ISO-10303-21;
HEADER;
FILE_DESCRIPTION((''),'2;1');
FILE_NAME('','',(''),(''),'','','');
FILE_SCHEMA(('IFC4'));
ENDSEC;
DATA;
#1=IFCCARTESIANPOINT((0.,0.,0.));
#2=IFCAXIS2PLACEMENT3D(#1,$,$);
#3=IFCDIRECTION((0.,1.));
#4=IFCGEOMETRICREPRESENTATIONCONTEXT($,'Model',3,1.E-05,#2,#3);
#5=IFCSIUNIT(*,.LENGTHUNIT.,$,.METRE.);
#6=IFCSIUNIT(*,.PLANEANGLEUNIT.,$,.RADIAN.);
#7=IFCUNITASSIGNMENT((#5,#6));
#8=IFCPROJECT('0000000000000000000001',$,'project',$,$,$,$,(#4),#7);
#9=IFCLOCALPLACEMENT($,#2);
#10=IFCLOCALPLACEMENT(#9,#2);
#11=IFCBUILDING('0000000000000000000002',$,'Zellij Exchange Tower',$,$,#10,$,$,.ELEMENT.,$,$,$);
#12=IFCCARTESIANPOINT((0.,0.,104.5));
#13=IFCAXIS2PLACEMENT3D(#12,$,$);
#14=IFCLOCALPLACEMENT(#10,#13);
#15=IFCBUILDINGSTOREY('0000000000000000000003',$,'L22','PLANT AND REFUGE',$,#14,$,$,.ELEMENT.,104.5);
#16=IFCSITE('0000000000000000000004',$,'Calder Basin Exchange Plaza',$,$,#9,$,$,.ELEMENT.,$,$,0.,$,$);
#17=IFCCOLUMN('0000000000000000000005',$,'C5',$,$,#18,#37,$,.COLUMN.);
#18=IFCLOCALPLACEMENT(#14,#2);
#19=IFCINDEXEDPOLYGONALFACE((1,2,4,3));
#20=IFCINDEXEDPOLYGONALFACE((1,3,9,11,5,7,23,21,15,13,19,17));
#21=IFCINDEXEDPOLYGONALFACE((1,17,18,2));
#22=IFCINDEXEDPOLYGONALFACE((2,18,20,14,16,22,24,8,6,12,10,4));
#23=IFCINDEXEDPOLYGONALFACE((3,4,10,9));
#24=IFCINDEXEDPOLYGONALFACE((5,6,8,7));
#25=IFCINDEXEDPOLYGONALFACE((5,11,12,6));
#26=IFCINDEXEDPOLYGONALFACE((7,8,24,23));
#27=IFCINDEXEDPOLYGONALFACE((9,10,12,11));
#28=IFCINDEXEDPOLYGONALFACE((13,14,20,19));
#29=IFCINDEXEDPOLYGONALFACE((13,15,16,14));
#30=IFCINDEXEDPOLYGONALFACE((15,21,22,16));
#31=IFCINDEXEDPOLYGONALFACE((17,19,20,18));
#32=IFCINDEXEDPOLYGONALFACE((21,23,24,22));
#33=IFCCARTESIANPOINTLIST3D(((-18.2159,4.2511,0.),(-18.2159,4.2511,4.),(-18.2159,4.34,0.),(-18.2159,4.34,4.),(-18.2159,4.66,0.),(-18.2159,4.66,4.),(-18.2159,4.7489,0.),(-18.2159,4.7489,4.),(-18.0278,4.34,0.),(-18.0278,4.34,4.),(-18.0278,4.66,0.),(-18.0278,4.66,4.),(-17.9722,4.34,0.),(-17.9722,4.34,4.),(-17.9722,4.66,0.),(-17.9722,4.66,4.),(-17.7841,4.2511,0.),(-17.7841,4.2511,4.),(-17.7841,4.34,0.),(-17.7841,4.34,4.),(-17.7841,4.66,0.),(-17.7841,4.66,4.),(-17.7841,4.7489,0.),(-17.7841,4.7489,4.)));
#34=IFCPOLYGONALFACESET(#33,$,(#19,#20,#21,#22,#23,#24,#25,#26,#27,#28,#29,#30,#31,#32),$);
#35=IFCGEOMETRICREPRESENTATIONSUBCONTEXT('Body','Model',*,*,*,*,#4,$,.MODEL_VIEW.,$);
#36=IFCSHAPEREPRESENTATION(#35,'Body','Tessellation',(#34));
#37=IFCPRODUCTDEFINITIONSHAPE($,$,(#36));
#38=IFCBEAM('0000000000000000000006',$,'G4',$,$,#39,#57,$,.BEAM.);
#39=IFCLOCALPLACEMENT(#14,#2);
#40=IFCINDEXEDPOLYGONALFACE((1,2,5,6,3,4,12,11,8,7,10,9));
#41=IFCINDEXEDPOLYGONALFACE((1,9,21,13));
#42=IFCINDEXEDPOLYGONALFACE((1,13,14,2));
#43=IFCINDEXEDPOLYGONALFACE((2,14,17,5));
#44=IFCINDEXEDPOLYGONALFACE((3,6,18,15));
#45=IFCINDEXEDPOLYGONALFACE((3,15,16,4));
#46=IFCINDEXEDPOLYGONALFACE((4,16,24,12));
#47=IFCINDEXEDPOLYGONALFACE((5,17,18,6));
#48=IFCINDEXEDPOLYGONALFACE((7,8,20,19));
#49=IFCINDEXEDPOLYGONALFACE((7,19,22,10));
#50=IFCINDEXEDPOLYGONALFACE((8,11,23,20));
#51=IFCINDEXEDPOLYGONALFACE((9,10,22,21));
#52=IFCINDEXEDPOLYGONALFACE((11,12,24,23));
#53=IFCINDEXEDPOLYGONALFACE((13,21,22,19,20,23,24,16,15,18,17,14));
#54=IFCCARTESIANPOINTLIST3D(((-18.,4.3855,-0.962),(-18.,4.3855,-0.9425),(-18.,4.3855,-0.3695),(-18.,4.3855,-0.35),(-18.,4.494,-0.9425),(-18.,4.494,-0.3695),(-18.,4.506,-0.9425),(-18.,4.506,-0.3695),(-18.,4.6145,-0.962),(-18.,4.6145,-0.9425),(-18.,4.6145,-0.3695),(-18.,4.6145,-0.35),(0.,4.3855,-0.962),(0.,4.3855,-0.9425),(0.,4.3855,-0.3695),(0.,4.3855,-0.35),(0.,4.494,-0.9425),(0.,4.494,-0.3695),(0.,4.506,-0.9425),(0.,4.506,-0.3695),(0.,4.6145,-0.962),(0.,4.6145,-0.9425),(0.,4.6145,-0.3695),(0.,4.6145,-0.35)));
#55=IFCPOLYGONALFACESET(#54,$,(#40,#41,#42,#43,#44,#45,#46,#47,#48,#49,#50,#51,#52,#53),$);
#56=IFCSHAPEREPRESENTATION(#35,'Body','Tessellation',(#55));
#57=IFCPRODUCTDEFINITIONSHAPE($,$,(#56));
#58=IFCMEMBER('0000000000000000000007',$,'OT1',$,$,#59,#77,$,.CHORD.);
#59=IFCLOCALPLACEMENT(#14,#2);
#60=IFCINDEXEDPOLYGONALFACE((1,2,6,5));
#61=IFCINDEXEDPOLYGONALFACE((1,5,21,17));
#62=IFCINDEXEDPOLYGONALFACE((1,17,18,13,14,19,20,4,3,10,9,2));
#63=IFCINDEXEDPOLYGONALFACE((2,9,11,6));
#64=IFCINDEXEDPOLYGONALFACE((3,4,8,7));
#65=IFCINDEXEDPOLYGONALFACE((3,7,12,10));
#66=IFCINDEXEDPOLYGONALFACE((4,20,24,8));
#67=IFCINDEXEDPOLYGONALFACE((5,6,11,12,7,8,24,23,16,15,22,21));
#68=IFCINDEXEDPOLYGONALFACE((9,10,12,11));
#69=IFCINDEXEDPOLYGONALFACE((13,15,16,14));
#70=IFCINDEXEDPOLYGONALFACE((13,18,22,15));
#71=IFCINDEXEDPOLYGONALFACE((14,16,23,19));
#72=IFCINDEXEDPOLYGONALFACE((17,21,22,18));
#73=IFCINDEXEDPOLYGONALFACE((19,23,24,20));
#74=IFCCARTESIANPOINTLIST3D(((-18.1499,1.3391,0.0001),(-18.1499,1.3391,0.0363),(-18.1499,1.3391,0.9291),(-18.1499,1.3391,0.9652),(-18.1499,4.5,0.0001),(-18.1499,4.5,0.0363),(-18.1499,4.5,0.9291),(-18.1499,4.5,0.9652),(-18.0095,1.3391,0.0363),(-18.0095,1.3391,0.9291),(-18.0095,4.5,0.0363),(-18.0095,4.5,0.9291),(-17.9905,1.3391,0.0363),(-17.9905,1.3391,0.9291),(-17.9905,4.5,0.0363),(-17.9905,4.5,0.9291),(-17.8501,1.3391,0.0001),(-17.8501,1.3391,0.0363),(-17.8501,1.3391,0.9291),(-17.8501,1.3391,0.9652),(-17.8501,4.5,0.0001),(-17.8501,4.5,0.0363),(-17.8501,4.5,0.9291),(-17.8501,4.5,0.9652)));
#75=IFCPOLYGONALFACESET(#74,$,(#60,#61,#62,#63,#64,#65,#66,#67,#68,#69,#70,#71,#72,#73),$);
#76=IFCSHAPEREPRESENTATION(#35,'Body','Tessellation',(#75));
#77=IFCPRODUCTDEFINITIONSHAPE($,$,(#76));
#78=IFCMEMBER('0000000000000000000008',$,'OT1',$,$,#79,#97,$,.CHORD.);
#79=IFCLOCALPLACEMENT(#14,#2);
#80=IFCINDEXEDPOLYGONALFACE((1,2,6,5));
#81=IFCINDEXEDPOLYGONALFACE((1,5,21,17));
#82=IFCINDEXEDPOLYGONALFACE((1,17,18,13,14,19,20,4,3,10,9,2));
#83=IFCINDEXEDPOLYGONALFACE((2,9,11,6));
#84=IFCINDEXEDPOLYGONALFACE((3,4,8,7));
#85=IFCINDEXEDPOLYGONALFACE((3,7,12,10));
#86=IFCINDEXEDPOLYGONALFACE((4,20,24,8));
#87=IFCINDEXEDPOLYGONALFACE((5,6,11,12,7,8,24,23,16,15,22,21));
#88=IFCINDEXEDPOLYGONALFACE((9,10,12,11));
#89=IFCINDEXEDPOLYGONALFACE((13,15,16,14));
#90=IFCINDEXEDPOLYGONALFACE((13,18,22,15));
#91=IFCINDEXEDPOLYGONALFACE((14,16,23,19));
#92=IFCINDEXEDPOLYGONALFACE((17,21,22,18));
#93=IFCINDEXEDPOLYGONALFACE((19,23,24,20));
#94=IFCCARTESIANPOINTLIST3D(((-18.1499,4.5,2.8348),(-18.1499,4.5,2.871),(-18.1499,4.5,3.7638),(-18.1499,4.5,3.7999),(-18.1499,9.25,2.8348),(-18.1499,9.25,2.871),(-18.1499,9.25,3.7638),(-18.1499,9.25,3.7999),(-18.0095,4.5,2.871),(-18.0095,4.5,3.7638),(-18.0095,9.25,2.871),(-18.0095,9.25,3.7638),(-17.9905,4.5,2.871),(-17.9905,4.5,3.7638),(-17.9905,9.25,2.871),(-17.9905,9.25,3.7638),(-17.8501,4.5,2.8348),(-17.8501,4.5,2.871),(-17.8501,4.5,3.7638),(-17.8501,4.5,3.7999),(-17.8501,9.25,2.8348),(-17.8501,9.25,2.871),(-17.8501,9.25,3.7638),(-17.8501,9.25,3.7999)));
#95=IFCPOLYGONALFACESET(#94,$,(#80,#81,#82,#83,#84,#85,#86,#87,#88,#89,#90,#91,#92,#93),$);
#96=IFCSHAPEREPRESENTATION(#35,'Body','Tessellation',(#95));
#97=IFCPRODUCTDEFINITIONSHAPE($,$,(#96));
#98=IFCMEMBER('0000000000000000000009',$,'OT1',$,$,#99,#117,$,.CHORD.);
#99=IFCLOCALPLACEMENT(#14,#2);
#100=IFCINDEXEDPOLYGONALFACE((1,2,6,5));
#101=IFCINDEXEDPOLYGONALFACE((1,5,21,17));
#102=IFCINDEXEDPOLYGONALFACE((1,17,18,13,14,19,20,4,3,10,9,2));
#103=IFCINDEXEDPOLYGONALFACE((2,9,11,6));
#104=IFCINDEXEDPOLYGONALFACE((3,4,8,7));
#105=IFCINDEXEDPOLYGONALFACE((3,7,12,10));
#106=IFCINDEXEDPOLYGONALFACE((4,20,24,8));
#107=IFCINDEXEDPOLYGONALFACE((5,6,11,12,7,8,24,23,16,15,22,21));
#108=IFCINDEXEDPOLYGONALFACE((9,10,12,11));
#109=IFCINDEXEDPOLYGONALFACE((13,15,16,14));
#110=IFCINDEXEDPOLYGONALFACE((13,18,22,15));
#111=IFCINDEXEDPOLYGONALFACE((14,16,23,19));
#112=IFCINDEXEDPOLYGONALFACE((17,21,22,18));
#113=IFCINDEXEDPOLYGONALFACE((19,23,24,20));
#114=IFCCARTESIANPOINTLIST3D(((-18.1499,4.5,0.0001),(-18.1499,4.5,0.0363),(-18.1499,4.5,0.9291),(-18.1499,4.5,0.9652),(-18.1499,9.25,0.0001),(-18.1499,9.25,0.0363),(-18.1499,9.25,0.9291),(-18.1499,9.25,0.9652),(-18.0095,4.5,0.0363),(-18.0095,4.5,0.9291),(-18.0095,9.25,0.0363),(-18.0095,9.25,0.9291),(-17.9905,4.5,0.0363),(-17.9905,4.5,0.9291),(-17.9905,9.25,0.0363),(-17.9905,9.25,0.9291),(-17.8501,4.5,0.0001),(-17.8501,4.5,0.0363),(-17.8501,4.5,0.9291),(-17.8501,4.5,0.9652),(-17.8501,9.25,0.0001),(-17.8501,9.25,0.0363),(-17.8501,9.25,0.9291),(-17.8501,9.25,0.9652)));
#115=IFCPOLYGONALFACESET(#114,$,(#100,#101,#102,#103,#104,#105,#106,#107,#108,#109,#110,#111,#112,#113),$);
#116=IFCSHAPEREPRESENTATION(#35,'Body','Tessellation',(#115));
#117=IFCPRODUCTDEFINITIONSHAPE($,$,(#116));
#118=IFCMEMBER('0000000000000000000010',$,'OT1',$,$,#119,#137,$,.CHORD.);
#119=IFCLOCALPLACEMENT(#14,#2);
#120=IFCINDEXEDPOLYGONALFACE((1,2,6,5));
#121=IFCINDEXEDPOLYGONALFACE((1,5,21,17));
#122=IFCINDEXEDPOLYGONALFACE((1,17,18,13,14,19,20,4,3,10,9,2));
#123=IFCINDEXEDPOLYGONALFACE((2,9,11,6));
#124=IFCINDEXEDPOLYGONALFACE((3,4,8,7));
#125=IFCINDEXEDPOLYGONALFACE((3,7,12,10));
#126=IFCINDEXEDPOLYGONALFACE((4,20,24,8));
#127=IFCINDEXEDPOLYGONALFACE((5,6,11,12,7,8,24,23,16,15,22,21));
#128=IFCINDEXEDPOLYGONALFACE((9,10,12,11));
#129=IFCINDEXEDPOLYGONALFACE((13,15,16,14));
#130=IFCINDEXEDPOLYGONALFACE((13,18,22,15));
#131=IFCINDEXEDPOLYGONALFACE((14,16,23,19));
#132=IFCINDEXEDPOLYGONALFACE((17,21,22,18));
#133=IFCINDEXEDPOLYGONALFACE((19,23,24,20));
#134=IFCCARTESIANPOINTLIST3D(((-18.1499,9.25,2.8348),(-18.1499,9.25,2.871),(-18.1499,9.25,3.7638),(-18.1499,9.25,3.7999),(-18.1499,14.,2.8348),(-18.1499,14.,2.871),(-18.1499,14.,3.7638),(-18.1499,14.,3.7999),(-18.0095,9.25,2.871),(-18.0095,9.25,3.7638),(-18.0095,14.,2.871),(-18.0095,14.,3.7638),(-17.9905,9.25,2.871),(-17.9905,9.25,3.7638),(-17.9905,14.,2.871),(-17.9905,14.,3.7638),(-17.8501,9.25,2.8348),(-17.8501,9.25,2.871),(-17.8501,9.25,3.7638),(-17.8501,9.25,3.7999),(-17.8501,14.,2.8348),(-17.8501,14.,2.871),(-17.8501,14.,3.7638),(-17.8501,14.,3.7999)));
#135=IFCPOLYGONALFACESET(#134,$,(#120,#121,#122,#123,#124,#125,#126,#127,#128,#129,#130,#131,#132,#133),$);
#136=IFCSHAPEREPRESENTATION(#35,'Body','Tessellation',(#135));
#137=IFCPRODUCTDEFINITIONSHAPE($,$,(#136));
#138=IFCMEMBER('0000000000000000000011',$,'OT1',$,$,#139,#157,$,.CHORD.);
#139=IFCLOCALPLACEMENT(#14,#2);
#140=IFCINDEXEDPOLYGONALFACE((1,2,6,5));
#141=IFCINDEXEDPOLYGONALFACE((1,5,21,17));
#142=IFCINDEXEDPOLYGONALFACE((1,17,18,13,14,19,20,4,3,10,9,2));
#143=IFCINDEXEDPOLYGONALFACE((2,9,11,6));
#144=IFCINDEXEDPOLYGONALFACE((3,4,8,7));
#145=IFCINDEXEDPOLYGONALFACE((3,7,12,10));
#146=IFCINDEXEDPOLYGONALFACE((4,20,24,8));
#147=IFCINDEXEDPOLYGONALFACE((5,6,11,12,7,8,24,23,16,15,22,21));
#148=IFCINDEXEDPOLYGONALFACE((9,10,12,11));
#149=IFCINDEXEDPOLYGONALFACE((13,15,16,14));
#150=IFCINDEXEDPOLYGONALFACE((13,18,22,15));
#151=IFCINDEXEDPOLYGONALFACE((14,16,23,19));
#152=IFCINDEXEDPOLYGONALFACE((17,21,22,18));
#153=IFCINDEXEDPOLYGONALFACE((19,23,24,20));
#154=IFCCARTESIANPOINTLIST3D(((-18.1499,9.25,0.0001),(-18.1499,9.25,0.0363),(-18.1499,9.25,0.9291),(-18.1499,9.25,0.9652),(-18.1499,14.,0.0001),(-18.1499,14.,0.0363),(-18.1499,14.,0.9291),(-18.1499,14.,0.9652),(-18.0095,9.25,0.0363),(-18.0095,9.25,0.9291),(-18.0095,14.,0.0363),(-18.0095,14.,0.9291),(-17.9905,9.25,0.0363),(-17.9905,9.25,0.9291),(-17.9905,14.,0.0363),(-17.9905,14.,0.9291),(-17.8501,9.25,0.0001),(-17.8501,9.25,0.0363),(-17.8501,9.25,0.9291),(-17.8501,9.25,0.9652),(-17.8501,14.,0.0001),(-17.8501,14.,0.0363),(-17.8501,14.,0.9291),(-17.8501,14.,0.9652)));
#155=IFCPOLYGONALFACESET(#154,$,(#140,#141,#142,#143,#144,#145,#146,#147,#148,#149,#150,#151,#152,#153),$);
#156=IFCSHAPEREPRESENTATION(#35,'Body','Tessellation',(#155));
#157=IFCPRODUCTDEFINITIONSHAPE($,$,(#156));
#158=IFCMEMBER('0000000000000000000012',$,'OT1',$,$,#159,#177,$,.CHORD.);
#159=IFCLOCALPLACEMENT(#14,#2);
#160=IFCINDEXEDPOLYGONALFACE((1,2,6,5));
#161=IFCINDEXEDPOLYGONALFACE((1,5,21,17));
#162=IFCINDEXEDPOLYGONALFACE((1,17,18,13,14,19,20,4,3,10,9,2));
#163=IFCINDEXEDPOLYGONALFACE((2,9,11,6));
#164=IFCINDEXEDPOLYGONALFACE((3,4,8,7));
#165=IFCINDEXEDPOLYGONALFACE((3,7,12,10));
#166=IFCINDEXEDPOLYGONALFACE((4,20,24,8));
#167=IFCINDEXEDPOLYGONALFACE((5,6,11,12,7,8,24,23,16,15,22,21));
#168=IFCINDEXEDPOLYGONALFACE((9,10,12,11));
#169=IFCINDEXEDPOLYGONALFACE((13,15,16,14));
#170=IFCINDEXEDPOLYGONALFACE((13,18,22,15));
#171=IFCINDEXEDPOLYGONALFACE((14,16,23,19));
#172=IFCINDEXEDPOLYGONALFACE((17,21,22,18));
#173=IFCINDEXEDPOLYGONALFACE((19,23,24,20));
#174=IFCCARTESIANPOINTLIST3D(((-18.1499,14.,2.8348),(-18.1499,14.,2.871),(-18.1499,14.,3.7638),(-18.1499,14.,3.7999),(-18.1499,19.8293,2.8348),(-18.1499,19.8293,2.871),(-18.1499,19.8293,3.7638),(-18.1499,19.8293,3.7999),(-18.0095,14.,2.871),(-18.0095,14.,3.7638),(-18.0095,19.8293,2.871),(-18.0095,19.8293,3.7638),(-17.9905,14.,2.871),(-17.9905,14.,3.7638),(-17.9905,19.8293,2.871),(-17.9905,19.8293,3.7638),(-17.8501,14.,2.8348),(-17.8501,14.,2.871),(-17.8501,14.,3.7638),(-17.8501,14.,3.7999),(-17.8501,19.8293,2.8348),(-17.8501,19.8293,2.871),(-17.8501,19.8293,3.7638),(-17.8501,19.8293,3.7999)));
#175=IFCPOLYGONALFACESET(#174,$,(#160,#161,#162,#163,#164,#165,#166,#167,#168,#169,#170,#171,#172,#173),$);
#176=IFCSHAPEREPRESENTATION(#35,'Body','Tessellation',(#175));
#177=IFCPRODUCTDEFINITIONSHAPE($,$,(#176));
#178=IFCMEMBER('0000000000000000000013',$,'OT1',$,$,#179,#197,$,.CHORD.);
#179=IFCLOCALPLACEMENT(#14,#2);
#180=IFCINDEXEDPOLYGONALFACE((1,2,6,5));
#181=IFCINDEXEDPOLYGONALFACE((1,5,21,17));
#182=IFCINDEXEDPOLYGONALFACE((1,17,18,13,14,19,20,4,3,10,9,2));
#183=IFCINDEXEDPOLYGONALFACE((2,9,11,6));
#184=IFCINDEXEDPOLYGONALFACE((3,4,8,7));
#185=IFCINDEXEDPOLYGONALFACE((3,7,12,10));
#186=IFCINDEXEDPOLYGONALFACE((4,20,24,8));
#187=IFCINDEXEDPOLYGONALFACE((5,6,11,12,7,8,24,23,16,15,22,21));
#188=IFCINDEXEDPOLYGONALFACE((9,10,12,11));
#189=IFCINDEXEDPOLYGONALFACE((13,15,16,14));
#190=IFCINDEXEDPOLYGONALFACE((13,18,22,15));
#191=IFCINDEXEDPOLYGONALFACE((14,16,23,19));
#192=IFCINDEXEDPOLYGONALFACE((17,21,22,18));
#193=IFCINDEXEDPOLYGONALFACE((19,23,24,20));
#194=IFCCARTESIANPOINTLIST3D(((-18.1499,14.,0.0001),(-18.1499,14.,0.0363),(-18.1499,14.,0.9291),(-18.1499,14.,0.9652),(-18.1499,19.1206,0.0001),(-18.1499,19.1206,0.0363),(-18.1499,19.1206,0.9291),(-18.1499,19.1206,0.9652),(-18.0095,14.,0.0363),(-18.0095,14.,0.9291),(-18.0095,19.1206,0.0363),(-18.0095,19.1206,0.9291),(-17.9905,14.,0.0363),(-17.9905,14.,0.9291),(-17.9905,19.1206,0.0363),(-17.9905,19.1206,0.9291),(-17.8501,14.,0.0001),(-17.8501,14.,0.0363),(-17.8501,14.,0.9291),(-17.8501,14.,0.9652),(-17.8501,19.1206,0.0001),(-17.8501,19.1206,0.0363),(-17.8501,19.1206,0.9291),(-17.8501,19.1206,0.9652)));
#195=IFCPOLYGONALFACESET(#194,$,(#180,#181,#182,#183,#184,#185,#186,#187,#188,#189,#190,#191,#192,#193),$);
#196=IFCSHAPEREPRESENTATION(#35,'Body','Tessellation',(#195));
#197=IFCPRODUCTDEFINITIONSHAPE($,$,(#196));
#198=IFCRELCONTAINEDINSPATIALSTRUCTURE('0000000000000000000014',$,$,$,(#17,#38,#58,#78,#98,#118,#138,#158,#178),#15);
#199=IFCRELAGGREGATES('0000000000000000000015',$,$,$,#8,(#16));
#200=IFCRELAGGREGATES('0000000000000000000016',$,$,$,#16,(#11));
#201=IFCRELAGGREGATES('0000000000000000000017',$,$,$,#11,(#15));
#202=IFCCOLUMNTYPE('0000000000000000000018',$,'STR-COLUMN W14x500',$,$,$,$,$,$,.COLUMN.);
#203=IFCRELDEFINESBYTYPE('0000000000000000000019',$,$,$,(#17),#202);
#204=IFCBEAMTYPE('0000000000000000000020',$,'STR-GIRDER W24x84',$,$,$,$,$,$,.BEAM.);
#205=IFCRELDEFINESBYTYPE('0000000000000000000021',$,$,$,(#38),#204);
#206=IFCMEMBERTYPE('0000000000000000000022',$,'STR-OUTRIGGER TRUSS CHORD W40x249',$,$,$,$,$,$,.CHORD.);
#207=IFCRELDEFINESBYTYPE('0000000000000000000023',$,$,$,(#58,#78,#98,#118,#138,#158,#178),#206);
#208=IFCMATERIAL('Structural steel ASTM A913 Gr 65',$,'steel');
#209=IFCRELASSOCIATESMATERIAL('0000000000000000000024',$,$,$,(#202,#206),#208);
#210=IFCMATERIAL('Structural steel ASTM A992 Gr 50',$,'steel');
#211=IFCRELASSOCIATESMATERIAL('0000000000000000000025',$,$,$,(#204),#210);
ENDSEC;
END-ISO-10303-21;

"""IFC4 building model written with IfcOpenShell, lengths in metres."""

from ifc_helpers import new_model, si_unit, direction, frame, origin, origin_2d, place, context, subcontext, project, spatial, i_section, extrude, material, material_profile, profile_set, type_object, element, save


model = new_model("IFC4")

# Units and contexts
model_context = context("Model", 3, precision=1e-05, world=origin(), true_north=direction((0.0, 1.0)))
body_context = subcontext(model_context, "Body", "Model", "MODEL_VIEW")
ifc_project = project(units=[si_unit("LENGTHUNIT", "METRE"), si_unit("PLANEANGLEUNIT", "RADIAN")], contexts=[model_context])

# Site, building, storey
site_placement = place(None, origin())
site = spatial("IfcSite", under=ifc_project, at=site_placement, Name="Calder Basin Exchange Plaza", CompositionType="ELEMENT", RefElevation=0.0)
building_placement = place(site_placement, origin())
building = spatial("IfcBuilding", under=site, at=building_placement, Name="Zellij Exchange Tower", CompositionType="ELEMENT")
storey_placement = place(building_placement, frame((0.0, 0.0, 104.5)))
storey = spatial("IfcBuildingStorey", under=building, at=storey_placement, Name="L22", Description="PLANT AND REFUGE", CompositionType="ELEMENT", Elevation=104.5)

# Column
ifc_material_1 = material(Name="Structural steel ASTM A913 Gr 65", Category="steel")
ifc_material_profile_1 = material_profile(ifc_material_1, i_section(OverallWidth=0.4319, OverallDepth=0.4978, WebThickness=0.0557, FlangeThickness=0.0889, at=origin_2d()), Name="W14x500")
ifc_profile_set_1 = profile_set([ifc_material_profile_1], Name="Structural steel ASTM A913 Gr 65")
column_type = type_object("IfcColumnType", Name="STR-COLUMN W14x500", PredefinedType="COLUMN", material=ifc_profile_set_1)
column_placement = place(storey_placement, frame((-18.0, 4.5, 0.0), z_axis=(0.0, 0.0, 1.0), x_axis=(1.0, 0.0, 0.0)))
element("IfcColumn", 1, at=column_placement, inside=storey, type_object=column_type, Name="C5", PredefinedType="COLUMN", context=body_context, shape_type="SweptSolid", body=[
    extrude(i_section(OverallWidth=0.4319, OverallDepth=0.4978, WebThickness=0.0557, FlangeThickness=0.0889, at=origin_2d()), origin(), (0.0, 0.0, 1.0), 4.0),
])

# Beam
ifc_material_2 = material(Name="Structural steel ASTM A992 Gr 50", Category="steel")
ifc_material_profile_2 = material_profile(ifc_material_2, i_section(OverallWidth=0.229, OverallDepth=0.6121, WebThickness=0.012, FlangeThickness=0.0195, at=origin_2d()), Name="W24x84")
ifc_profile_set_2 = profile_set([ifc_material_profile_2], Name="Structural steel ASTM A992 Gr 50")
beam_type = type_object("IfcBeamType", Name="STR-GIRDER W24x84", PredefinedType="BEAM", material=ifc_profile_set_2)
beam_placement = place(storey_placement, frame((-18.0, 4.5, -0.656), z_axis=(1.0, 0.0, 0.0), x_axis=(0.0, 1.0, 0.0)))
element("IfcBeam", 2, at=beam_placement, inside=storey, type_object=beam_type, Name="G4", PredefinedType="BEAM", context=body_context, shape_type="SweptSolid", body=[
    extrude(i_section(OverallWidth=0.229, OverallDepth=0.6121, WebThickness=0.012, FlangeThickness=0.0195, at=origin_2d()), origin(), (0.0, 0.0, 1.0), 18.0),
])

# Members
ifc_material_profile_3 = material_profile(ifc_material_1, i_section(OverallWidth=0.2998, OverallDepth=0.9651, WebThickness=0.019, FlangeThickness=0.0361, at=origin_2d()), Name="W40x249")
ifc_profile_set_3 = profile_set([ifc_material_profile_3], Name="Structural steel ASTM A913 Gr 65")
member_type_1 = type_object("IfcMemberType", Name="STR-OUTRIGGER TRUSS CHORD W40x249", PredefinedType="CHORD", material=ifc_profile_set_3)
member_1_placement = place(storey_placement, frame((-18.0, 1.3391, 0.4827), z_axis=(0.0, 1.0, 0.0), x_axis=(-1.0, 0.0, 0.0)))
element("IfcMember", 3, at=member_1_placement, inside=storey, type_object=member_type_1, Name="OT1", PredefinedType="CHORD", context=body_context, shape_type="SweptSolid", body=[
    extrude(i_section(OverallWidth=0.2998, OverallDepth=0.9651, WebThickness=0.019, FlangeThickness=0.0361, at=origin_2d()), origin(), (0.0, 0.0, 1.0), 3.1609),
])
for number, where, z_axis, x_axis, name in (
    (4, (-18.0, 4.5, 3.3174), (0.0, 1.0, 0.0), (-1.0, 0.0, 0.0), "OT1"),
    (5, (-18.0, 4.5, 0.4827), (0.0, 1.0, 0.0), (-1.0, 0.0, 0.0), "OT1"),
    (6, (-18.0, 9.25, 3.3174), (0.0, 1.0, 0.0), (-1.0, 0.0, 0.0), "OT1"),
    (7, (-18.0, 9.25, 0.4827), (0.0, 1.0, 0.0), (-1.0, 0.0, 0.0), "OT1"),
):
    element("IfcMember", number, at=place(storey_placement, frame(where, z_axis=z_axis, x_axis=x_axis)), inside=storey, type_object=member_type_1, Name=name, PredefinedType="CHORD", context=body_context, shape_type="SweptSolid", body=[
        extrude(i_section(OverallWidth=0.2998, OverallDepth=0.9651, WebThickness=0.019, FlangeThickness=0.0361, at=origin_2d()), origin(), (0.0, 0.0, 1.0), 4.75),
    ])
member_2_placement = place(storey_placement, frame((-18.0, 14.0, 3.3174), z_axis=(0.0, 1.0, 0.0), x_axis=(-1.0, 0.0, 0.0)))
element("IfcMember", 8, at=member_2_placement, inside=storey, type_object=member_type_1, Name="OT1", PredefinedType="CHORD", context=body_context, shape_type="SweptSolid", body=[
    extrude(i_section(OverallWidth=0.2998, OverallDepth=0.9651, WebThickness=0.019, FlangeThickness=0.0361, at=origin_2d()), origin(), (0.0, 0.0, 1.0), 5.8293),
])
member_3_placement = place(storey_placement, frame((-18.0, 14.0, 0.4827), z_axis=(0.0, 1.0, 0.0), x_axis=(-1.0, 0.0, 0.0)))
element("IfcMember", 9, at=member_3_placement, inside=storey, type_object=member_type_1, Name="OT1", PredefinedType="CHORD", context=body_context, shape_type="SweptSolid", body=[
    extrude(i_section(OverallWidth=0.2998, OverallDepth=0.9651, WebThickness=0.019, FlangeThickness=0.0361, at=origin_2d()), origin(), (0.0, 0.0, 1.0), 5.1206),
])

save(model, "model.ifc")
